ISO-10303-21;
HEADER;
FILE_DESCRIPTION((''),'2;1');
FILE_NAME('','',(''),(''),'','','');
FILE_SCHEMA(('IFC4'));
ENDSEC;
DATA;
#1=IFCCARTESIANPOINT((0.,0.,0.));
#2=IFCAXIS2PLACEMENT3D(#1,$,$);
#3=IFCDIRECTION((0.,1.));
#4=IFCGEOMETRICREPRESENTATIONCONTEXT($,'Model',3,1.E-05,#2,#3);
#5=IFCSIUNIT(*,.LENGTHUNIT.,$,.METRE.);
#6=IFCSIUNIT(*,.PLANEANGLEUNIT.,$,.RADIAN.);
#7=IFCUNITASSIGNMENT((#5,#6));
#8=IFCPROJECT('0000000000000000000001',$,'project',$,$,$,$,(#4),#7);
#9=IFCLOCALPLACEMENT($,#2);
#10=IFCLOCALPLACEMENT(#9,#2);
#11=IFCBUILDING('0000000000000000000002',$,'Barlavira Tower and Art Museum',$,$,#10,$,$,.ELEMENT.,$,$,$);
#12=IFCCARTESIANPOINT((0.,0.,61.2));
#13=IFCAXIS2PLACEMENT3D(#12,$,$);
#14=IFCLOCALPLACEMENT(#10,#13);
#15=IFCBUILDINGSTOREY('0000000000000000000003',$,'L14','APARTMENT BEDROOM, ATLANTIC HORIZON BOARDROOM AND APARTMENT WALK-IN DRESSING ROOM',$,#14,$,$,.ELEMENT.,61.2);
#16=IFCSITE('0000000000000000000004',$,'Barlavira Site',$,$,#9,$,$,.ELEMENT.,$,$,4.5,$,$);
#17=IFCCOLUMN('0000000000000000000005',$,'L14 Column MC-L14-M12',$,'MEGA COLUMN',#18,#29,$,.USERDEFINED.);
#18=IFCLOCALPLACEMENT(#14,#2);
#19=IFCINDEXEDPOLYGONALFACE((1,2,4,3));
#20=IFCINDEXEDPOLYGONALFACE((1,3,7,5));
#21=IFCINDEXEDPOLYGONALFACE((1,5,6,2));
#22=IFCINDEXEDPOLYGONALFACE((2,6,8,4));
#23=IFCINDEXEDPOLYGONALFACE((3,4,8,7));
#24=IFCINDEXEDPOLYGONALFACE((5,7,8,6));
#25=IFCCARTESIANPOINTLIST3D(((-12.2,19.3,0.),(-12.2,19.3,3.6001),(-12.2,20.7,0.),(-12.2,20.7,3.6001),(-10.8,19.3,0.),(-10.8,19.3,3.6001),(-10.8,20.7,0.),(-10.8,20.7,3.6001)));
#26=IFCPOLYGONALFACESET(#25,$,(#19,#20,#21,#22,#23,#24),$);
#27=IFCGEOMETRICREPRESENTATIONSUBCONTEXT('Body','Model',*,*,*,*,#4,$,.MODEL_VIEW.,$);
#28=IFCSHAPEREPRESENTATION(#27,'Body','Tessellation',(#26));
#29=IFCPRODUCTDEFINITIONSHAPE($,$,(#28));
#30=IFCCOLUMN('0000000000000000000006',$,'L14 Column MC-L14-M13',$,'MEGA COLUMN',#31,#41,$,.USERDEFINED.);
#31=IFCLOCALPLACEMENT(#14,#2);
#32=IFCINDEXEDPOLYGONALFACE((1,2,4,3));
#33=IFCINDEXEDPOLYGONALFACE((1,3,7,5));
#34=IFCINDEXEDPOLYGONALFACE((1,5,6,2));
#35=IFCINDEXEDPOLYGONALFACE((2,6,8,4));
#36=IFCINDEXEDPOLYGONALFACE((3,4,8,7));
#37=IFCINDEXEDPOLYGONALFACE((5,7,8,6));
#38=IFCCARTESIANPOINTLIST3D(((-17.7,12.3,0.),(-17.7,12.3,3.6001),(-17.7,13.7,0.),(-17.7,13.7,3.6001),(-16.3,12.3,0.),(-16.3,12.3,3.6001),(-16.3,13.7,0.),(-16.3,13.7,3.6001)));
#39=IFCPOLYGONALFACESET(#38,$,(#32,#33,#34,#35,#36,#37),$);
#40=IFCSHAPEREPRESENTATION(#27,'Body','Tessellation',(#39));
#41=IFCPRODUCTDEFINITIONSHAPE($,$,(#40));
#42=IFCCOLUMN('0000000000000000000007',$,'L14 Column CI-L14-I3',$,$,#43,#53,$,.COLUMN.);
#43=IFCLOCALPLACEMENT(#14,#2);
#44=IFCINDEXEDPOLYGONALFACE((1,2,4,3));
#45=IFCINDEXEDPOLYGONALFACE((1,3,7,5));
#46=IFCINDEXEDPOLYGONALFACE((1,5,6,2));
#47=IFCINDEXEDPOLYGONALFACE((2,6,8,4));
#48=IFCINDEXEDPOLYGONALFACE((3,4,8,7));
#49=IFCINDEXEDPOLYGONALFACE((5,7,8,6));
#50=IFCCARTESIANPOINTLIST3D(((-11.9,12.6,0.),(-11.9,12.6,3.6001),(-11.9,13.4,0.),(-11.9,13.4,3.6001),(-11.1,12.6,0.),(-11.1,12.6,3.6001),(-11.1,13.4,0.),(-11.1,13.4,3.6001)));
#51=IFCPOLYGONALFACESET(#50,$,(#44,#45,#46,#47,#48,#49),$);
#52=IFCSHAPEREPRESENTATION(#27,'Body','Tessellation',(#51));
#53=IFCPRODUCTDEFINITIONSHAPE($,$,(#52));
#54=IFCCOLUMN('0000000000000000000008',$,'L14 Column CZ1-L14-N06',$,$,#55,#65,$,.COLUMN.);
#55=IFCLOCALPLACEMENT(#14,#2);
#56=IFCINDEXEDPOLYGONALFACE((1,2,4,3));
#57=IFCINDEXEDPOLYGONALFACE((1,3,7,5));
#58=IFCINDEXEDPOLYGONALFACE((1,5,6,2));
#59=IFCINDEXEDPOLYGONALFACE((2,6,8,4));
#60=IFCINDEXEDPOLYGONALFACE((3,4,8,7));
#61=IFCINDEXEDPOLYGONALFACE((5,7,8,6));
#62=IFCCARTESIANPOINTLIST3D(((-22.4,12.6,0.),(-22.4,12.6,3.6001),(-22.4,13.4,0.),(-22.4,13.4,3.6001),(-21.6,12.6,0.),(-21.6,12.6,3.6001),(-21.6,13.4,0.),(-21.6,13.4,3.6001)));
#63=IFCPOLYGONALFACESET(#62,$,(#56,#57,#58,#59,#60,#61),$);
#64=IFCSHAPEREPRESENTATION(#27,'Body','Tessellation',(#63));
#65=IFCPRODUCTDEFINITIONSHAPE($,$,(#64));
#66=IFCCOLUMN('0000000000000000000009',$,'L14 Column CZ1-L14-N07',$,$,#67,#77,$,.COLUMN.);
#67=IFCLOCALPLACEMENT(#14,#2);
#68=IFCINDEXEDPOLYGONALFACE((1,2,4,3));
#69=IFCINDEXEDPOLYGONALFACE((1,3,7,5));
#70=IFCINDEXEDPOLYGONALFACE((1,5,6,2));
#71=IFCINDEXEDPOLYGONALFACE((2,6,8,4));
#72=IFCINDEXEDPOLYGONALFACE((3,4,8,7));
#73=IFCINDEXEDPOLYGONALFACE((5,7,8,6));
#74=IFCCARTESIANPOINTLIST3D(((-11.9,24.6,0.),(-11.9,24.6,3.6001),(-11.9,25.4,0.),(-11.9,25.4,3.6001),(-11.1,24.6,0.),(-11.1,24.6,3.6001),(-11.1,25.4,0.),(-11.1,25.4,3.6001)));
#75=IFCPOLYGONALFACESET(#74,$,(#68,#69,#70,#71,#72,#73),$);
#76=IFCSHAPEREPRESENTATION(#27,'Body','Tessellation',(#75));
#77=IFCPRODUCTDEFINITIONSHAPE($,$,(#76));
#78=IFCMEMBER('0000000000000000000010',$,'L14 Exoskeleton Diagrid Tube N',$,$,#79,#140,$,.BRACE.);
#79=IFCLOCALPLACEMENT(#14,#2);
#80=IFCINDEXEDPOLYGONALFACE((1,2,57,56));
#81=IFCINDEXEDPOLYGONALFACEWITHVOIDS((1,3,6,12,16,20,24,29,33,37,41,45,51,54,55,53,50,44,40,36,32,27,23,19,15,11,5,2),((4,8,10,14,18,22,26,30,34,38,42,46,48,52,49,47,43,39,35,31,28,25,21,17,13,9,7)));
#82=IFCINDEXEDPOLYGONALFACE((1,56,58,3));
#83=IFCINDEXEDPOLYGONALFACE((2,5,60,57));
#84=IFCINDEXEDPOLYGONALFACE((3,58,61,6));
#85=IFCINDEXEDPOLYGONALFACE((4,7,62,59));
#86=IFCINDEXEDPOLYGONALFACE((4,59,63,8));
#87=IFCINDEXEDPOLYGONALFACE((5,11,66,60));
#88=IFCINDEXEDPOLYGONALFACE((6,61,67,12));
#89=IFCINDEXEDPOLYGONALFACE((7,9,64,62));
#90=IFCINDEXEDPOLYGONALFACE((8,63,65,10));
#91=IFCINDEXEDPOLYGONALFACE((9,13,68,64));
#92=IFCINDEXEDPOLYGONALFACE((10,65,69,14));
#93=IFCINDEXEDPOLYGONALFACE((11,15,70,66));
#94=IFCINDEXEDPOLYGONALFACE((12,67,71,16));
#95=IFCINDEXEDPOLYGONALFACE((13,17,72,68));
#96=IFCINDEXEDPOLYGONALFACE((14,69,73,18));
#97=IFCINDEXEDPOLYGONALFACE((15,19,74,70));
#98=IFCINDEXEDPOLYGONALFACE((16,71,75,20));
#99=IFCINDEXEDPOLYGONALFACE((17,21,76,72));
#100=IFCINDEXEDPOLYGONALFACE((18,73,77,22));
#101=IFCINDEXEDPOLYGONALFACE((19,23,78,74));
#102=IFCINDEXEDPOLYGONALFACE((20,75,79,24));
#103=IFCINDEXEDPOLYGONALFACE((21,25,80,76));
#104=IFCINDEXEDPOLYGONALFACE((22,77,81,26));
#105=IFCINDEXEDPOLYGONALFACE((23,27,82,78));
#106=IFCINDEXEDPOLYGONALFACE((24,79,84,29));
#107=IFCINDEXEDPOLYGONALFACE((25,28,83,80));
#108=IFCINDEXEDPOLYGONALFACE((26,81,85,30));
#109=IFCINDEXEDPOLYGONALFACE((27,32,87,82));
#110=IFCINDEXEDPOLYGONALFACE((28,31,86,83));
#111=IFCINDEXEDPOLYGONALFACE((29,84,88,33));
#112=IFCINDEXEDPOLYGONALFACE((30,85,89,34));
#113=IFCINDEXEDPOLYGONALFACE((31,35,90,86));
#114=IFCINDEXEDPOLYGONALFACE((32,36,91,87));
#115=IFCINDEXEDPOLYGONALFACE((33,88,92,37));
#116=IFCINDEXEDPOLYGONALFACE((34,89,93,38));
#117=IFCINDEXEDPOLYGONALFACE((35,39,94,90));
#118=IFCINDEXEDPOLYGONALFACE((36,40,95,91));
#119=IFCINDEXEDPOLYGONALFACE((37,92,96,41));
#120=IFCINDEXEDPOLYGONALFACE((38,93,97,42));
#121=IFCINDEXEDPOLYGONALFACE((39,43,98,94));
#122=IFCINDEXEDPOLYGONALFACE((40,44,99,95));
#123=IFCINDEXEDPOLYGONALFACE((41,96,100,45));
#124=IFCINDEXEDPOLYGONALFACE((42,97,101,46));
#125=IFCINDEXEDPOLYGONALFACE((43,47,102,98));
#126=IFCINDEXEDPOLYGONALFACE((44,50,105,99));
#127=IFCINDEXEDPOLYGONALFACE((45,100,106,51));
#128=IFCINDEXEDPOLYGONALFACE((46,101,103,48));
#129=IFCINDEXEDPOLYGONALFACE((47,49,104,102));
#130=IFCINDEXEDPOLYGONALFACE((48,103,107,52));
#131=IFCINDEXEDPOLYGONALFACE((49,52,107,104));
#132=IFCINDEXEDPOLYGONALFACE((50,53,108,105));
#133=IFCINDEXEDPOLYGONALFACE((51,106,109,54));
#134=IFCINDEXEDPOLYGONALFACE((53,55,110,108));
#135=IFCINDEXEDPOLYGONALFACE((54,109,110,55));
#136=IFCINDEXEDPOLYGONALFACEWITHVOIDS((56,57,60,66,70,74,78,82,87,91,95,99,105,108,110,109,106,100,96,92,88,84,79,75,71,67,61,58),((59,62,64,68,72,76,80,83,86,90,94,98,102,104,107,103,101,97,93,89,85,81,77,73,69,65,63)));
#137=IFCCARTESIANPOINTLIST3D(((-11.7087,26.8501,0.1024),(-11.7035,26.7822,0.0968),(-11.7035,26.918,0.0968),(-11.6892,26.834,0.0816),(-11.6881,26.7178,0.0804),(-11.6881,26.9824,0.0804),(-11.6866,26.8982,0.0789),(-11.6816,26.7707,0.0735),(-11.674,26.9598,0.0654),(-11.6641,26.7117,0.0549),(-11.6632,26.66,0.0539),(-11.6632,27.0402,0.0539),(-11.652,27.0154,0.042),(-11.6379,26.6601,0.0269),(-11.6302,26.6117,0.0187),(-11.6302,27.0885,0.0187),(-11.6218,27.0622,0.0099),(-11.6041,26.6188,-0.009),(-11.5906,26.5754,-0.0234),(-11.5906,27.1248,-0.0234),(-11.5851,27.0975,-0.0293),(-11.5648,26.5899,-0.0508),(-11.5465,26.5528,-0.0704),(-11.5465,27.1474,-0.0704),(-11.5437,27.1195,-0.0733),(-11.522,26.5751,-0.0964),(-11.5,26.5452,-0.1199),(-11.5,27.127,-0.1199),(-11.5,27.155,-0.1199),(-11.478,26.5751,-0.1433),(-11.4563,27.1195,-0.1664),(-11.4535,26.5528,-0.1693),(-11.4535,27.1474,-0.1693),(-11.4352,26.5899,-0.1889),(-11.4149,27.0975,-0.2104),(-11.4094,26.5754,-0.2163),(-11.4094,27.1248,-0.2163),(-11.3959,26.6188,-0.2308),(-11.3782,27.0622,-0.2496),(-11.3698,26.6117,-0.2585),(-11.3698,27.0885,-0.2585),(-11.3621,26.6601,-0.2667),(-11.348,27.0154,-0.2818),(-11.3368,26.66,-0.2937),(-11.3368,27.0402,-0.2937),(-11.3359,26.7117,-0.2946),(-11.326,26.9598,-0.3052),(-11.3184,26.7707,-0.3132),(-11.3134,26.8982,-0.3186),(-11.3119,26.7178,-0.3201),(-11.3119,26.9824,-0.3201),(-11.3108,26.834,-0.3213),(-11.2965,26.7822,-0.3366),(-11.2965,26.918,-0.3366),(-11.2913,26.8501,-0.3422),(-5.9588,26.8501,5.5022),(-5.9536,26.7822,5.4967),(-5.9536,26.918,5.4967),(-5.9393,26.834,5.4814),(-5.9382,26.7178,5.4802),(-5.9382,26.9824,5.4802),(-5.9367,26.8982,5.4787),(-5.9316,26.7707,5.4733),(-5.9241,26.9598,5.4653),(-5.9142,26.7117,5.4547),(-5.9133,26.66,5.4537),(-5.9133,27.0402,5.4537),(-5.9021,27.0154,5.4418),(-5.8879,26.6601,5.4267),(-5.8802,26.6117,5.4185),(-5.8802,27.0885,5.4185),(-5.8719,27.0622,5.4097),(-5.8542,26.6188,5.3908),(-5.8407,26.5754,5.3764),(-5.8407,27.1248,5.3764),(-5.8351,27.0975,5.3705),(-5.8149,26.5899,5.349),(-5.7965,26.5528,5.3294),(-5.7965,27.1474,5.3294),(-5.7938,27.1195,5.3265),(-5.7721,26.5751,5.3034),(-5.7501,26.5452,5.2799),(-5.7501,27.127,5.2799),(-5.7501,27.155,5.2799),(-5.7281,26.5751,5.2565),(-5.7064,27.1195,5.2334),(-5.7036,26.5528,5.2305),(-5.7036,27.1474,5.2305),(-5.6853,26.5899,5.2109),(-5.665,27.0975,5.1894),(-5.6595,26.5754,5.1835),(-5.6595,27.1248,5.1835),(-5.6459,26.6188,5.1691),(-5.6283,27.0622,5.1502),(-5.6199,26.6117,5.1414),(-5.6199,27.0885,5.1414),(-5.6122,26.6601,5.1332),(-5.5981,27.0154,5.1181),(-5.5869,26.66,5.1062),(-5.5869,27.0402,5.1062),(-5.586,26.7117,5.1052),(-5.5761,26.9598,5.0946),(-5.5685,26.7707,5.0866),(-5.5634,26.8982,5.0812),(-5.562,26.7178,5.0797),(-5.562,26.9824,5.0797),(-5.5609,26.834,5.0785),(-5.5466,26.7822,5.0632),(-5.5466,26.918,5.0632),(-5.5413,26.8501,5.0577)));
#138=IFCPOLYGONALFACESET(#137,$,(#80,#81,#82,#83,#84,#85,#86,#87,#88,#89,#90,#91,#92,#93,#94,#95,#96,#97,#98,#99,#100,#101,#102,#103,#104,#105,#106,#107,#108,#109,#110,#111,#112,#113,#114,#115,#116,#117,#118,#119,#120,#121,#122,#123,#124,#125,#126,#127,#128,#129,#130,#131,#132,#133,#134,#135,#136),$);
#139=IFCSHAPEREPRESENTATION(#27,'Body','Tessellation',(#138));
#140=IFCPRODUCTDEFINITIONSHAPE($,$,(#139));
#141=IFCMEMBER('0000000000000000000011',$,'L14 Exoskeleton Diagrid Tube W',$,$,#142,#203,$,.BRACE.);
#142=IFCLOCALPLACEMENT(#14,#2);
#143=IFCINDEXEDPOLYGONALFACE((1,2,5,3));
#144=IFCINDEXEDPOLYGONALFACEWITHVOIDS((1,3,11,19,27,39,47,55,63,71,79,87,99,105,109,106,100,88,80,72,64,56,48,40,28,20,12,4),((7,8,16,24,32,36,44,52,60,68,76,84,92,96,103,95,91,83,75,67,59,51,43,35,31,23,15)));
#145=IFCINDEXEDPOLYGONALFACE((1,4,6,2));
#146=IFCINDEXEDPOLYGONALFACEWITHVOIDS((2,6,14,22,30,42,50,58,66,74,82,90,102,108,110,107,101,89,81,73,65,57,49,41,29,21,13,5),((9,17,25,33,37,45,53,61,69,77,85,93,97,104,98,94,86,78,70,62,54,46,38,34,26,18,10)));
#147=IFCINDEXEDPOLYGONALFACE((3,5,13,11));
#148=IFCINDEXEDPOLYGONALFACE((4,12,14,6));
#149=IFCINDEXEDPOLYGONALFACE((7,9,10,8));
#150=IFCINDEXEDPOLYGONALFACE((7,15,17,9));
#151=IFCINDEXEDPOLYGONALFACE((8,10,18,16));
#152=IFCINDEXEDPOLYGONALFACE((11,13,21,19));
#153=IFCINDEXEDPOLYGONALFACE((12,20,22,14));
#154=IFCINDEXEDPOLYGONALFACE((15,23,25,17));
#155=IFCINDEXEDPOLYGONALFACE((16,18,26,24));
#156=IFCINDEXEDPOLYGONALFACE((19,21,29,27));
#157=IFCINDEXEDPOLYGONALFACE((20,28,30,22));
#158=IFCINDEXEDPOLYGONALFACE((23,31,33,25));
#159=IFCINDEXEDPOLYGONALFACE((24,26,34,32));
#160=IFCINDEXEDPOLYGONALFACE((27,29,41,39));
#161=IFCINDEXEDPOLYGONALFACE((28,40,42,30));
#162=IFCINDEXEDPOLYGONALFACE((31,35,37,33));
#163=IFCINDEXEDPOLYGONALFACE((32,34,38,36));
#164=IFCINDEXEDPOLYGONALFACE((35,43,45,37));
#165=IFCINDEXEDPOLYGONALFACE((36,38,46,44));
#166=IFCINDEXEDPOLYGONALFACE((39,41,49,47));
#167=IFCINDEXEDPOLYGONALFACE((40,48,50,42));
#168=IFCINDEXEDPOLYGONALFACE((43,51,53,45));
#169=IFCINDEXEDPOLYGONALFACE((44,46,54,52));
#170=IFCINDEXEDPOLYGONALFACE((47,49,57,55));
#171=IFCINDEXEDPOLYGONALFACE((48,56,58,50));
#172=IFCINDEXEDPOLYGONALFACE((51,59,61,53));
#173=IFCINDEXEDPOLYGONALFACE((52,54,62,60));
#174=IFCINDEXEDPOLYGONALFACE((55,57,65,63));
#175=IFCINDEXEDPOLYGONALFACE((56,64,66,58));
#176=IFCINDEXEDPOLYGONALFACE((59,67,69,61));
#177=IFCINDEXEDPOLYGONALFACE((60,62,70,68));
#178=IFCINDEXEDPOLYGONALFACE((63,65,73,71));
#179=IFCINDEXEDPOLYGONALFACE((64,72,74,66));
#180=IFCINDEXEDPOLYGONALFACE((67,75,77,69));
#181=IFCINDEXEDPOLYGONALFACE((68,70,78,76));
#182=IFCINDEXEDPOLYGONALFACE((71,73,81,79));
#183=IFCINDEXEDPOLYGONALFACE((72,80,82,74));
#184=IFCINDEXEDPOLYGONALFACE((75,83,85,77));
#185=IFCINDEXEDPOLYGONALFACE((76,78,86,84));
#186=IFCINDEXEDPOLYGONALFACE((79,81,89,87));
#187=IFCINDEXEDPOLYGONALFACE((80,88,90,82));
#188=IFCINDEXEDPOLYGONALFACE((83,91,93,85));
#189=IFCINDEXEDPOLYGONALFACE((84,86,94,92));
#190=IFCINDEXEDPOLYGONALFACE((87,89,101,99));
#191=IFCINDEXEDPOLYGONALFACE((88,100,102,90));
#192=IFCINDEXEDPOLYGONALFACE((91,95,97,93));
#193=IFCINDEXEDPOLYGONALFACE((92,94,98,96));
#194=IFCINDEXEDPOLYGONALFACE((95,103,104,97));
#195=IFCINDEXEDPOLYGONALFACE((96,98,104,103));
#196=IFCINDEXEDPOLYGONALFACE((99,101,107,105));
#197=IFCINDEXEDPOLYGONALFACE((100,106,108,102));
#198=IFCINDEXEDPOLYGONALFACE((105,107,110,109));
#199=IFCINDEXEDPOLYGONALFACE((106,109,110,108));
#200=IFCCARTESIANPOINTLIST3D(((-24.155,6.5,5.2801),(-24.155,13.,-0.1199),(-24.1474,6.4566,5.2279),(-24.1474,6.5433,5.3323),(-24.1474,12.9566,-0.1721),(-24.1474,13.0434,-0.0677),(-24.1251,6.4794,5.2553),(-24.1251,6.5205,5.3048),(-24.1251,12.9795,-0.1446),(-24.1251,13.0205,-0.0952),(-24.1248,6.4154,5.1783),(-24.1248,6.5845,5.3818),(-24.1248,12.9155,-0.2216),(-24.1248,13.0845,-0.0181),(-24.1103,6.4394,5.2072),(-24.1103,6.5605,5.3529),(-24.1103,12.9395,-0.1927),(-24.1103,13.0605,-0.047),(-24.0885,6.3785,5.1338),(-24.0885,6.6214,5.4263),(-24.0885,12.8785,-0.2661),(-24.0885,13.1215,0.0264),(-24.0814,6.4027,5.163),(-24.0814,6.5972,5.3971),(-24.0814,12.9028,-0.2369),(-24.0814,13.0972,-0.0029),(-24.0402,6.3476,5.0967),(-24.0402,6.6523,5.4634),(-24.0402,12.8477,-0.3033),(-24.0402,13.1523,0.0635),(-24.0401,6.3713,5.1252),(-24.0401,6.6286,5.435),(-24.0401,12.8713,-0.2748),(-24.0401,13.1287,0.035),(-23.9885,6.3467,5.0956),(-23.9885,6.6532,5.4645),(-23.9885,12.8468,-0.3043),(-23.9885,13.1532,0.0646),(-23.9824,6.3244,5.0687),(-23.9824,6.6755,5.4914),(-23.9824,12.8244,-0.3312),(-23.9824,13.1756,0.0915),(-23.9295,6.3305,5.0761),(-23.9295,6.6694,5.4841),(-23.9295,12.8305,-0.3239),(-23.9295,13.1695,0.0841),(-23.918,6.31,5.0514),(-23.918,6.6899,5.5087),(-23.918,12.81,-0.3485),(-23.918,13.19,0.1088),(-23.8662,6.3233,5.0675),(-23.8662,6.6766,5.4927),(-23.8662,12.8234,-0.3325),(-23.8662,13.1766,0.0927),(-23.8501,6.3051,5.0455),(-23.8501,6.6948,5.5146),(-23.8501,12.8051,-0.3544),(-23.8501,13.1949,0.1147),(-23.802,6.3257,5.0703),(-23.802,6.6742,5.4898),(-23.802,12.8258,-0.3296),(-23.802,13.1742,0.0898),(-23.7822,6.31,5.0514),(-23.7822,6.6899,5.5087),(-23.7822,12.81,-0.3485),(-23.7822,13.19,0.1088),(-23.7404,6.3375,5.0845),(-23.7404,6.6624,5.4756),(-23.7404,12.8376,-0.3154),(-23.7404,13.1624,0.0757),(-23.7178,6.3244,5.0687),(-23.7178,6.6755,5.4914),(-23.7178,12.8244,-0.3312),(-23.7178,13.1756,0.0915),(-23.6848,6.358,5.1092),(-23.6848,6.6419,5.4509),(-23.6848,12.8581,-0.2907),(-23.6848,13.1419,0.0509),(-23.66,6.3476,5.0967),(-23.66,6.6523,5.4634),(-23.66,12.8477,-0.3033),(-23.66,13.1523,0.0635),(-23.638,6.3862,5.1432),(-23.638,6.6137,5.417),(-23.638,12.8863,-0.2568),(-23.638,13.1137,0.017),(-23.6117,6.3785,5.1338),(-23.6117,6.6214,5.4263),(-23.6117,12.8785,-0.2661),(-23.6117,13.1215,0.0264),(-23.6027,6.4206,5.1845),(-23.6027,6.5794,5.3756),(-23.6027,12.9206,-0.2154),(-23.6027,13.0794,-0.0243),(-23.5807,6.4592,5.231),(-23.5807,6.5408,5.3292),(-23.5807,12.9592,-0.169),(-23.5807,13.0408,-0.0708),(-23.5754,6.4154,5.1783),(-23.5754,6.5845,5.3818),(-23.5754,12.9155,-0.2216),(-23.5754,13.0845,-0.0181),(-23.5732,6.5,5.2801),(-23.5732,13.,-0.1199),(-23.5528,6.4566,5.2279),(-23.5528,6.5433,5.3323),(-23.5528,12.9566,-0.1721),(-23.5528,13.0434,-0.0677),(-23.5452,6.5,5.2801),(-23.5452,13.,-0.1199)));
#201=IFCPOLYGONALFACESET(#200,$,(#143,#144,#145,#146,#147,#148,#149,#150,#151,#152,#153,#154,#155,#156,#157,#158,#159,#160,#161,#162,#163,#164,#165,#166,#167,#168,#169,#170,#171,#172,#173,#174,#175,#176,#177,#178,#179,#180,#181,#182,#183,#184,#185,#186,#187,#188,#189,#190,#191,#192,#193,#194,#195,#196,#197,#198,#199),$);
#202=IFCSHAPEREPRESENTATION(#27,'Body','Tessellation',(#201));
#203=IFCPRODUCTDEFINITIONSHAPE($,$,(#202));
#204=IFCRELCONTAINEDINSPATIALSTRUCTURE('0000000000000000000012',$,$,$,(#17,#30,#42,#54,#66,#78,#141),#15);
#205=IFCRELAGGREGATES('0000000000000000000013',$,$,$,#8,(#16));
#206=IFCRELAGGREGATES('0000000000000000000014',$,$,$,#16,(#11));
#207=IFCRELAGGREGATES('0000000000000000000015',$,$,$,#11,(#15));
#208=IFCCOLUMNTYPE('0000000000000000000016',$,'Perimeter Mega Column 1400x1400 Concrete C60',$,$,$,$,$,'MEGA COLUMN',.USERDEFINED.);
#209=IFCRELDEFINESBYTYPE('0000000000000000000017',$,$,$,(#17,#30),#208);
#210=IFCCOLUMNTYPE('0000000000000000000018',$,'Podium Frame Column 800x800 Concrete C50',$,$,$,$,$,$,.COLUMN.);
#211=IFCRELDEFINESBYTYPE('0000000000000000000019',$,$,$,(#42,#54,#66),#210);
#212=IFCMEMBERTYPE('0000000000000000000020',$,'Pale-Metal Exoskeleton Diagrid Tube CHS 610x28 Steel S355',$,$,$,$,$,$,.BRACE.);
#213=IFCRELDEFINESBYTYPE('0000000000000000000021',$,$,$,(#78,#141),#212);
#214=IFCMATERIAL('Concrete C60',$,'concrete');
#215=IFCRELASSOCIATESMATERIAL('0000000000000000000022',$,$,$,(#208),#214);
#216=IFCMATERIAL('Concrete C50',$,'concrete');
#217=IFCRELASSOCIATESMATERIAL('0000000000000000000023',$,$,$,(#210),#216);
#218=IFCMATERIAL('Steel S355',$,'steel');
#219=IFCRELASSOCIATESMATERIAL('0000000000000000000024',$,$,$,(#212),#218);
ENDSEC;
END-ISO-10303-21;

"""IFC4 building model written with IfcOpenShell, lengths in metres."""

from ifc_helpers import new_model, si_unit, direction, frame, origin, origin_2d, place, context, subcontext, project, spatial, rectangle, hollow_circle, extrude, material, material_profile, profile_set, type_object, element, save


model = new_model("IFC4")

# Units and contexts
model_context = context("Model", 3, precision=1e-05, world=origin(), true_north=direction((0.0, 1.0)))
body_context = subcontext(model_context, "Body", "Model", "MODEL_VIEW")
ifc_project = project(units=[si_unit("LENGTHUNIT", "METRE"), si_unit("PLANEANGLEUNIT", "RADIAN")], contexts=[model_context])

# Site, building, storey
site_placement = place(None, origin())
site = spatial("IfcSite", under=ifc_project, at=site_placement, Name="Barlavira Site", CompositionType="ELEMENT", RefElevation=4.5)
building_placement = place(site_placement, origin())
building = spatial("IfcBuilding", under=site, at=building_placement, Name="Barlavira Tower and Art Museum", CompositionType="ELEMENT")
storey_placement = place(building_placement, frame((0.0, 0.0, 61.2)))
storey = spatial("IfcBuildingStorey", under=building, at=storey_placement, Name="L14", Description="APARTMENT BEDROOM, ATLANTIC HORIZON BOARDROOM AND APARTMENT WALK-IN DRESSING ROOM", CompositionType="ELEMENT", Elevation=61.2)

# Columns
ifc_material_1 = material(Name="Concrete C60", Category="concrete")
ifc_material_profile_1 = material_profile(ifc_material_1, rectangle(XDim=1.3999, YDim=1.3999, at=origin_2d()), Name="RC-MCOL 1400x1400")
ifc_profile_set_1 = profile_set([ifc_material_profile_1], Name="Concrete C60")
column_type_1 = type_object("IfcColumnType", Name="Perimeter Mega Column 1400x1400 Concrete C60", ElementType="MEGA COLUMN", PredefinedType="USERDEFINED", material=ifc_profile_set_1)
for number, where, z_axis, x_axis, name in (
    (1, (-11.5, 20.0, 0.0), (0.0, 0.0, 1.0), (1.0, 0.0, 0.0), "L14 Column MC-L14-M12"),
    (2, (-17.0, 13.0, 0.0), (0.0, 0.0, 1.0), (1.0, 0.0, 0.0), "L14 Column MC-L14-M13"),
):
    element("IfcColumn", number, at=place(storey_placement, frame(where, z_axis=z_axis, x_axis=x_axis)), inside=storey, type_object=column_type_1, Name=name, ObjectType="MEGA COLUMN", PredefinedType="USERDEFINED", context=body_context, shape_type="SweptSolid", body=[
        extrude(rectangle(XDim=1.3999, YDim=1.3999, at=origin_2d()), origin(), (0.0, 0.0, 1.0), 3.6001),
    ])
ifc_material_2 = material(Name="Concrete C50", Category="concrete")
ifc_material_profile_2 = material_profile(ifc_material_2, rectangle(XDim=0.8, YDim=0.8, at=origin_2d()), Name="RC-COL 800x800")
ifc_profile_set_2 = profile_set([ifc_material_profile_2], Name="Concrete C50")
column_type_2 = type_object("IfcColumnType", Name="Podium Frame Column 800x800 Concrete C50", PredefinedType="COLUMN", material=ifc_profile_set_2)
for number, where, z_axis, x_axis, name in (
    (3, (-11.5, 13.0, 0.0), (0.0, 0.0, 1.0), (1.0, 0.0, 0.0), "L14 Column CI-L14-I3"),
    (4, (-22.0, 13.0, 0.0), (0.0, 0.0, 1.0), (1.0, 0.0, 0.0), "L14 Column CZ1-L14-N06"),
    (5, (-11.5, 25.0, 0.0), (0.0, 0.0, 1.0), (1.0, 0.0, 0.0), "L14 Column CZ1-L14-N07"),
):
    element("IfcColumn", number, at=place(storey_placement, frame(where, z_axis=z_axis, x_axis=x_axis)), inside=storey, type_object=column_type_2, Name=name, PredefinedType="COLUMN", context=body_context, shape_type="SweptSolid", body=[
        extrude(rectangle(XDim=0.8, YDim=0.8, at=origin_2d()), origin(), (0.0, 0.0, 1.0), 3.6001),
    ])

# Members
ifc_material_3 = material(Name="Steel S355", Category="steel")
ifc_material_profile_3 = material_profile(ifc_material_3, hollow_circle(Radius=0.3049, WallThickness=0.0281, at=origin_2d()), Name="CHS 610.0x28.0")
ifc_profile_set_3 = profile_set([ifc_material_profile_3], Name="Steel S355")
member_type_1 = type_object("IfcMemberType", Name="Pale-Metal Exoskeleton Diagrid Tube CHS 610x28 Steel S355", PredefinedType="BRACE", material=ifc_profile_set_3)
member_1_placement = place(storey_placement, frame((-11.5, 26.8501, -0.1199), z_axis=(0.72895, 0.0, 0.684567), x_axis=(0.0, 1.0, 0.0)))
element("IfcMember", 6, at=member_1_placement, inside=storey, type_object=member_type_1, Name="L14 Exoskeleton Diagrid Tube N", PredefinedType="BRACE", context=body_context, shape_type="SweptSolid", body=[
    extrude(hollow_circle(Radius=0.3049, WallThickness=0.0281, at=origin_2d()), origin(), (0.0, 0.0, 1.0), 7.8879),
])
member_2_placement = place(storey_placement, frame((-23.8501, 13.0, -0.1199), z_axis=(0.0, -0.769196, 0.639013), x_axis=(1.0, 0.0, 0.0)))
element("IfcMember", 7, at=member_2_placement, inside=storey, type_object=member_type_1, Name="L14 Exoskeleton Diagrid Tube W", PredefinedType="BRACE", context=body_context, shape_type="SweptSolid", body=[
    extrude(hollow_circle(Radius=0.3049, WallThickness=0.0281, at=origin_2d()), origin(), (0.0, 0.0, 1.0), 8.4504),
])

save(model, "model.ifc")
